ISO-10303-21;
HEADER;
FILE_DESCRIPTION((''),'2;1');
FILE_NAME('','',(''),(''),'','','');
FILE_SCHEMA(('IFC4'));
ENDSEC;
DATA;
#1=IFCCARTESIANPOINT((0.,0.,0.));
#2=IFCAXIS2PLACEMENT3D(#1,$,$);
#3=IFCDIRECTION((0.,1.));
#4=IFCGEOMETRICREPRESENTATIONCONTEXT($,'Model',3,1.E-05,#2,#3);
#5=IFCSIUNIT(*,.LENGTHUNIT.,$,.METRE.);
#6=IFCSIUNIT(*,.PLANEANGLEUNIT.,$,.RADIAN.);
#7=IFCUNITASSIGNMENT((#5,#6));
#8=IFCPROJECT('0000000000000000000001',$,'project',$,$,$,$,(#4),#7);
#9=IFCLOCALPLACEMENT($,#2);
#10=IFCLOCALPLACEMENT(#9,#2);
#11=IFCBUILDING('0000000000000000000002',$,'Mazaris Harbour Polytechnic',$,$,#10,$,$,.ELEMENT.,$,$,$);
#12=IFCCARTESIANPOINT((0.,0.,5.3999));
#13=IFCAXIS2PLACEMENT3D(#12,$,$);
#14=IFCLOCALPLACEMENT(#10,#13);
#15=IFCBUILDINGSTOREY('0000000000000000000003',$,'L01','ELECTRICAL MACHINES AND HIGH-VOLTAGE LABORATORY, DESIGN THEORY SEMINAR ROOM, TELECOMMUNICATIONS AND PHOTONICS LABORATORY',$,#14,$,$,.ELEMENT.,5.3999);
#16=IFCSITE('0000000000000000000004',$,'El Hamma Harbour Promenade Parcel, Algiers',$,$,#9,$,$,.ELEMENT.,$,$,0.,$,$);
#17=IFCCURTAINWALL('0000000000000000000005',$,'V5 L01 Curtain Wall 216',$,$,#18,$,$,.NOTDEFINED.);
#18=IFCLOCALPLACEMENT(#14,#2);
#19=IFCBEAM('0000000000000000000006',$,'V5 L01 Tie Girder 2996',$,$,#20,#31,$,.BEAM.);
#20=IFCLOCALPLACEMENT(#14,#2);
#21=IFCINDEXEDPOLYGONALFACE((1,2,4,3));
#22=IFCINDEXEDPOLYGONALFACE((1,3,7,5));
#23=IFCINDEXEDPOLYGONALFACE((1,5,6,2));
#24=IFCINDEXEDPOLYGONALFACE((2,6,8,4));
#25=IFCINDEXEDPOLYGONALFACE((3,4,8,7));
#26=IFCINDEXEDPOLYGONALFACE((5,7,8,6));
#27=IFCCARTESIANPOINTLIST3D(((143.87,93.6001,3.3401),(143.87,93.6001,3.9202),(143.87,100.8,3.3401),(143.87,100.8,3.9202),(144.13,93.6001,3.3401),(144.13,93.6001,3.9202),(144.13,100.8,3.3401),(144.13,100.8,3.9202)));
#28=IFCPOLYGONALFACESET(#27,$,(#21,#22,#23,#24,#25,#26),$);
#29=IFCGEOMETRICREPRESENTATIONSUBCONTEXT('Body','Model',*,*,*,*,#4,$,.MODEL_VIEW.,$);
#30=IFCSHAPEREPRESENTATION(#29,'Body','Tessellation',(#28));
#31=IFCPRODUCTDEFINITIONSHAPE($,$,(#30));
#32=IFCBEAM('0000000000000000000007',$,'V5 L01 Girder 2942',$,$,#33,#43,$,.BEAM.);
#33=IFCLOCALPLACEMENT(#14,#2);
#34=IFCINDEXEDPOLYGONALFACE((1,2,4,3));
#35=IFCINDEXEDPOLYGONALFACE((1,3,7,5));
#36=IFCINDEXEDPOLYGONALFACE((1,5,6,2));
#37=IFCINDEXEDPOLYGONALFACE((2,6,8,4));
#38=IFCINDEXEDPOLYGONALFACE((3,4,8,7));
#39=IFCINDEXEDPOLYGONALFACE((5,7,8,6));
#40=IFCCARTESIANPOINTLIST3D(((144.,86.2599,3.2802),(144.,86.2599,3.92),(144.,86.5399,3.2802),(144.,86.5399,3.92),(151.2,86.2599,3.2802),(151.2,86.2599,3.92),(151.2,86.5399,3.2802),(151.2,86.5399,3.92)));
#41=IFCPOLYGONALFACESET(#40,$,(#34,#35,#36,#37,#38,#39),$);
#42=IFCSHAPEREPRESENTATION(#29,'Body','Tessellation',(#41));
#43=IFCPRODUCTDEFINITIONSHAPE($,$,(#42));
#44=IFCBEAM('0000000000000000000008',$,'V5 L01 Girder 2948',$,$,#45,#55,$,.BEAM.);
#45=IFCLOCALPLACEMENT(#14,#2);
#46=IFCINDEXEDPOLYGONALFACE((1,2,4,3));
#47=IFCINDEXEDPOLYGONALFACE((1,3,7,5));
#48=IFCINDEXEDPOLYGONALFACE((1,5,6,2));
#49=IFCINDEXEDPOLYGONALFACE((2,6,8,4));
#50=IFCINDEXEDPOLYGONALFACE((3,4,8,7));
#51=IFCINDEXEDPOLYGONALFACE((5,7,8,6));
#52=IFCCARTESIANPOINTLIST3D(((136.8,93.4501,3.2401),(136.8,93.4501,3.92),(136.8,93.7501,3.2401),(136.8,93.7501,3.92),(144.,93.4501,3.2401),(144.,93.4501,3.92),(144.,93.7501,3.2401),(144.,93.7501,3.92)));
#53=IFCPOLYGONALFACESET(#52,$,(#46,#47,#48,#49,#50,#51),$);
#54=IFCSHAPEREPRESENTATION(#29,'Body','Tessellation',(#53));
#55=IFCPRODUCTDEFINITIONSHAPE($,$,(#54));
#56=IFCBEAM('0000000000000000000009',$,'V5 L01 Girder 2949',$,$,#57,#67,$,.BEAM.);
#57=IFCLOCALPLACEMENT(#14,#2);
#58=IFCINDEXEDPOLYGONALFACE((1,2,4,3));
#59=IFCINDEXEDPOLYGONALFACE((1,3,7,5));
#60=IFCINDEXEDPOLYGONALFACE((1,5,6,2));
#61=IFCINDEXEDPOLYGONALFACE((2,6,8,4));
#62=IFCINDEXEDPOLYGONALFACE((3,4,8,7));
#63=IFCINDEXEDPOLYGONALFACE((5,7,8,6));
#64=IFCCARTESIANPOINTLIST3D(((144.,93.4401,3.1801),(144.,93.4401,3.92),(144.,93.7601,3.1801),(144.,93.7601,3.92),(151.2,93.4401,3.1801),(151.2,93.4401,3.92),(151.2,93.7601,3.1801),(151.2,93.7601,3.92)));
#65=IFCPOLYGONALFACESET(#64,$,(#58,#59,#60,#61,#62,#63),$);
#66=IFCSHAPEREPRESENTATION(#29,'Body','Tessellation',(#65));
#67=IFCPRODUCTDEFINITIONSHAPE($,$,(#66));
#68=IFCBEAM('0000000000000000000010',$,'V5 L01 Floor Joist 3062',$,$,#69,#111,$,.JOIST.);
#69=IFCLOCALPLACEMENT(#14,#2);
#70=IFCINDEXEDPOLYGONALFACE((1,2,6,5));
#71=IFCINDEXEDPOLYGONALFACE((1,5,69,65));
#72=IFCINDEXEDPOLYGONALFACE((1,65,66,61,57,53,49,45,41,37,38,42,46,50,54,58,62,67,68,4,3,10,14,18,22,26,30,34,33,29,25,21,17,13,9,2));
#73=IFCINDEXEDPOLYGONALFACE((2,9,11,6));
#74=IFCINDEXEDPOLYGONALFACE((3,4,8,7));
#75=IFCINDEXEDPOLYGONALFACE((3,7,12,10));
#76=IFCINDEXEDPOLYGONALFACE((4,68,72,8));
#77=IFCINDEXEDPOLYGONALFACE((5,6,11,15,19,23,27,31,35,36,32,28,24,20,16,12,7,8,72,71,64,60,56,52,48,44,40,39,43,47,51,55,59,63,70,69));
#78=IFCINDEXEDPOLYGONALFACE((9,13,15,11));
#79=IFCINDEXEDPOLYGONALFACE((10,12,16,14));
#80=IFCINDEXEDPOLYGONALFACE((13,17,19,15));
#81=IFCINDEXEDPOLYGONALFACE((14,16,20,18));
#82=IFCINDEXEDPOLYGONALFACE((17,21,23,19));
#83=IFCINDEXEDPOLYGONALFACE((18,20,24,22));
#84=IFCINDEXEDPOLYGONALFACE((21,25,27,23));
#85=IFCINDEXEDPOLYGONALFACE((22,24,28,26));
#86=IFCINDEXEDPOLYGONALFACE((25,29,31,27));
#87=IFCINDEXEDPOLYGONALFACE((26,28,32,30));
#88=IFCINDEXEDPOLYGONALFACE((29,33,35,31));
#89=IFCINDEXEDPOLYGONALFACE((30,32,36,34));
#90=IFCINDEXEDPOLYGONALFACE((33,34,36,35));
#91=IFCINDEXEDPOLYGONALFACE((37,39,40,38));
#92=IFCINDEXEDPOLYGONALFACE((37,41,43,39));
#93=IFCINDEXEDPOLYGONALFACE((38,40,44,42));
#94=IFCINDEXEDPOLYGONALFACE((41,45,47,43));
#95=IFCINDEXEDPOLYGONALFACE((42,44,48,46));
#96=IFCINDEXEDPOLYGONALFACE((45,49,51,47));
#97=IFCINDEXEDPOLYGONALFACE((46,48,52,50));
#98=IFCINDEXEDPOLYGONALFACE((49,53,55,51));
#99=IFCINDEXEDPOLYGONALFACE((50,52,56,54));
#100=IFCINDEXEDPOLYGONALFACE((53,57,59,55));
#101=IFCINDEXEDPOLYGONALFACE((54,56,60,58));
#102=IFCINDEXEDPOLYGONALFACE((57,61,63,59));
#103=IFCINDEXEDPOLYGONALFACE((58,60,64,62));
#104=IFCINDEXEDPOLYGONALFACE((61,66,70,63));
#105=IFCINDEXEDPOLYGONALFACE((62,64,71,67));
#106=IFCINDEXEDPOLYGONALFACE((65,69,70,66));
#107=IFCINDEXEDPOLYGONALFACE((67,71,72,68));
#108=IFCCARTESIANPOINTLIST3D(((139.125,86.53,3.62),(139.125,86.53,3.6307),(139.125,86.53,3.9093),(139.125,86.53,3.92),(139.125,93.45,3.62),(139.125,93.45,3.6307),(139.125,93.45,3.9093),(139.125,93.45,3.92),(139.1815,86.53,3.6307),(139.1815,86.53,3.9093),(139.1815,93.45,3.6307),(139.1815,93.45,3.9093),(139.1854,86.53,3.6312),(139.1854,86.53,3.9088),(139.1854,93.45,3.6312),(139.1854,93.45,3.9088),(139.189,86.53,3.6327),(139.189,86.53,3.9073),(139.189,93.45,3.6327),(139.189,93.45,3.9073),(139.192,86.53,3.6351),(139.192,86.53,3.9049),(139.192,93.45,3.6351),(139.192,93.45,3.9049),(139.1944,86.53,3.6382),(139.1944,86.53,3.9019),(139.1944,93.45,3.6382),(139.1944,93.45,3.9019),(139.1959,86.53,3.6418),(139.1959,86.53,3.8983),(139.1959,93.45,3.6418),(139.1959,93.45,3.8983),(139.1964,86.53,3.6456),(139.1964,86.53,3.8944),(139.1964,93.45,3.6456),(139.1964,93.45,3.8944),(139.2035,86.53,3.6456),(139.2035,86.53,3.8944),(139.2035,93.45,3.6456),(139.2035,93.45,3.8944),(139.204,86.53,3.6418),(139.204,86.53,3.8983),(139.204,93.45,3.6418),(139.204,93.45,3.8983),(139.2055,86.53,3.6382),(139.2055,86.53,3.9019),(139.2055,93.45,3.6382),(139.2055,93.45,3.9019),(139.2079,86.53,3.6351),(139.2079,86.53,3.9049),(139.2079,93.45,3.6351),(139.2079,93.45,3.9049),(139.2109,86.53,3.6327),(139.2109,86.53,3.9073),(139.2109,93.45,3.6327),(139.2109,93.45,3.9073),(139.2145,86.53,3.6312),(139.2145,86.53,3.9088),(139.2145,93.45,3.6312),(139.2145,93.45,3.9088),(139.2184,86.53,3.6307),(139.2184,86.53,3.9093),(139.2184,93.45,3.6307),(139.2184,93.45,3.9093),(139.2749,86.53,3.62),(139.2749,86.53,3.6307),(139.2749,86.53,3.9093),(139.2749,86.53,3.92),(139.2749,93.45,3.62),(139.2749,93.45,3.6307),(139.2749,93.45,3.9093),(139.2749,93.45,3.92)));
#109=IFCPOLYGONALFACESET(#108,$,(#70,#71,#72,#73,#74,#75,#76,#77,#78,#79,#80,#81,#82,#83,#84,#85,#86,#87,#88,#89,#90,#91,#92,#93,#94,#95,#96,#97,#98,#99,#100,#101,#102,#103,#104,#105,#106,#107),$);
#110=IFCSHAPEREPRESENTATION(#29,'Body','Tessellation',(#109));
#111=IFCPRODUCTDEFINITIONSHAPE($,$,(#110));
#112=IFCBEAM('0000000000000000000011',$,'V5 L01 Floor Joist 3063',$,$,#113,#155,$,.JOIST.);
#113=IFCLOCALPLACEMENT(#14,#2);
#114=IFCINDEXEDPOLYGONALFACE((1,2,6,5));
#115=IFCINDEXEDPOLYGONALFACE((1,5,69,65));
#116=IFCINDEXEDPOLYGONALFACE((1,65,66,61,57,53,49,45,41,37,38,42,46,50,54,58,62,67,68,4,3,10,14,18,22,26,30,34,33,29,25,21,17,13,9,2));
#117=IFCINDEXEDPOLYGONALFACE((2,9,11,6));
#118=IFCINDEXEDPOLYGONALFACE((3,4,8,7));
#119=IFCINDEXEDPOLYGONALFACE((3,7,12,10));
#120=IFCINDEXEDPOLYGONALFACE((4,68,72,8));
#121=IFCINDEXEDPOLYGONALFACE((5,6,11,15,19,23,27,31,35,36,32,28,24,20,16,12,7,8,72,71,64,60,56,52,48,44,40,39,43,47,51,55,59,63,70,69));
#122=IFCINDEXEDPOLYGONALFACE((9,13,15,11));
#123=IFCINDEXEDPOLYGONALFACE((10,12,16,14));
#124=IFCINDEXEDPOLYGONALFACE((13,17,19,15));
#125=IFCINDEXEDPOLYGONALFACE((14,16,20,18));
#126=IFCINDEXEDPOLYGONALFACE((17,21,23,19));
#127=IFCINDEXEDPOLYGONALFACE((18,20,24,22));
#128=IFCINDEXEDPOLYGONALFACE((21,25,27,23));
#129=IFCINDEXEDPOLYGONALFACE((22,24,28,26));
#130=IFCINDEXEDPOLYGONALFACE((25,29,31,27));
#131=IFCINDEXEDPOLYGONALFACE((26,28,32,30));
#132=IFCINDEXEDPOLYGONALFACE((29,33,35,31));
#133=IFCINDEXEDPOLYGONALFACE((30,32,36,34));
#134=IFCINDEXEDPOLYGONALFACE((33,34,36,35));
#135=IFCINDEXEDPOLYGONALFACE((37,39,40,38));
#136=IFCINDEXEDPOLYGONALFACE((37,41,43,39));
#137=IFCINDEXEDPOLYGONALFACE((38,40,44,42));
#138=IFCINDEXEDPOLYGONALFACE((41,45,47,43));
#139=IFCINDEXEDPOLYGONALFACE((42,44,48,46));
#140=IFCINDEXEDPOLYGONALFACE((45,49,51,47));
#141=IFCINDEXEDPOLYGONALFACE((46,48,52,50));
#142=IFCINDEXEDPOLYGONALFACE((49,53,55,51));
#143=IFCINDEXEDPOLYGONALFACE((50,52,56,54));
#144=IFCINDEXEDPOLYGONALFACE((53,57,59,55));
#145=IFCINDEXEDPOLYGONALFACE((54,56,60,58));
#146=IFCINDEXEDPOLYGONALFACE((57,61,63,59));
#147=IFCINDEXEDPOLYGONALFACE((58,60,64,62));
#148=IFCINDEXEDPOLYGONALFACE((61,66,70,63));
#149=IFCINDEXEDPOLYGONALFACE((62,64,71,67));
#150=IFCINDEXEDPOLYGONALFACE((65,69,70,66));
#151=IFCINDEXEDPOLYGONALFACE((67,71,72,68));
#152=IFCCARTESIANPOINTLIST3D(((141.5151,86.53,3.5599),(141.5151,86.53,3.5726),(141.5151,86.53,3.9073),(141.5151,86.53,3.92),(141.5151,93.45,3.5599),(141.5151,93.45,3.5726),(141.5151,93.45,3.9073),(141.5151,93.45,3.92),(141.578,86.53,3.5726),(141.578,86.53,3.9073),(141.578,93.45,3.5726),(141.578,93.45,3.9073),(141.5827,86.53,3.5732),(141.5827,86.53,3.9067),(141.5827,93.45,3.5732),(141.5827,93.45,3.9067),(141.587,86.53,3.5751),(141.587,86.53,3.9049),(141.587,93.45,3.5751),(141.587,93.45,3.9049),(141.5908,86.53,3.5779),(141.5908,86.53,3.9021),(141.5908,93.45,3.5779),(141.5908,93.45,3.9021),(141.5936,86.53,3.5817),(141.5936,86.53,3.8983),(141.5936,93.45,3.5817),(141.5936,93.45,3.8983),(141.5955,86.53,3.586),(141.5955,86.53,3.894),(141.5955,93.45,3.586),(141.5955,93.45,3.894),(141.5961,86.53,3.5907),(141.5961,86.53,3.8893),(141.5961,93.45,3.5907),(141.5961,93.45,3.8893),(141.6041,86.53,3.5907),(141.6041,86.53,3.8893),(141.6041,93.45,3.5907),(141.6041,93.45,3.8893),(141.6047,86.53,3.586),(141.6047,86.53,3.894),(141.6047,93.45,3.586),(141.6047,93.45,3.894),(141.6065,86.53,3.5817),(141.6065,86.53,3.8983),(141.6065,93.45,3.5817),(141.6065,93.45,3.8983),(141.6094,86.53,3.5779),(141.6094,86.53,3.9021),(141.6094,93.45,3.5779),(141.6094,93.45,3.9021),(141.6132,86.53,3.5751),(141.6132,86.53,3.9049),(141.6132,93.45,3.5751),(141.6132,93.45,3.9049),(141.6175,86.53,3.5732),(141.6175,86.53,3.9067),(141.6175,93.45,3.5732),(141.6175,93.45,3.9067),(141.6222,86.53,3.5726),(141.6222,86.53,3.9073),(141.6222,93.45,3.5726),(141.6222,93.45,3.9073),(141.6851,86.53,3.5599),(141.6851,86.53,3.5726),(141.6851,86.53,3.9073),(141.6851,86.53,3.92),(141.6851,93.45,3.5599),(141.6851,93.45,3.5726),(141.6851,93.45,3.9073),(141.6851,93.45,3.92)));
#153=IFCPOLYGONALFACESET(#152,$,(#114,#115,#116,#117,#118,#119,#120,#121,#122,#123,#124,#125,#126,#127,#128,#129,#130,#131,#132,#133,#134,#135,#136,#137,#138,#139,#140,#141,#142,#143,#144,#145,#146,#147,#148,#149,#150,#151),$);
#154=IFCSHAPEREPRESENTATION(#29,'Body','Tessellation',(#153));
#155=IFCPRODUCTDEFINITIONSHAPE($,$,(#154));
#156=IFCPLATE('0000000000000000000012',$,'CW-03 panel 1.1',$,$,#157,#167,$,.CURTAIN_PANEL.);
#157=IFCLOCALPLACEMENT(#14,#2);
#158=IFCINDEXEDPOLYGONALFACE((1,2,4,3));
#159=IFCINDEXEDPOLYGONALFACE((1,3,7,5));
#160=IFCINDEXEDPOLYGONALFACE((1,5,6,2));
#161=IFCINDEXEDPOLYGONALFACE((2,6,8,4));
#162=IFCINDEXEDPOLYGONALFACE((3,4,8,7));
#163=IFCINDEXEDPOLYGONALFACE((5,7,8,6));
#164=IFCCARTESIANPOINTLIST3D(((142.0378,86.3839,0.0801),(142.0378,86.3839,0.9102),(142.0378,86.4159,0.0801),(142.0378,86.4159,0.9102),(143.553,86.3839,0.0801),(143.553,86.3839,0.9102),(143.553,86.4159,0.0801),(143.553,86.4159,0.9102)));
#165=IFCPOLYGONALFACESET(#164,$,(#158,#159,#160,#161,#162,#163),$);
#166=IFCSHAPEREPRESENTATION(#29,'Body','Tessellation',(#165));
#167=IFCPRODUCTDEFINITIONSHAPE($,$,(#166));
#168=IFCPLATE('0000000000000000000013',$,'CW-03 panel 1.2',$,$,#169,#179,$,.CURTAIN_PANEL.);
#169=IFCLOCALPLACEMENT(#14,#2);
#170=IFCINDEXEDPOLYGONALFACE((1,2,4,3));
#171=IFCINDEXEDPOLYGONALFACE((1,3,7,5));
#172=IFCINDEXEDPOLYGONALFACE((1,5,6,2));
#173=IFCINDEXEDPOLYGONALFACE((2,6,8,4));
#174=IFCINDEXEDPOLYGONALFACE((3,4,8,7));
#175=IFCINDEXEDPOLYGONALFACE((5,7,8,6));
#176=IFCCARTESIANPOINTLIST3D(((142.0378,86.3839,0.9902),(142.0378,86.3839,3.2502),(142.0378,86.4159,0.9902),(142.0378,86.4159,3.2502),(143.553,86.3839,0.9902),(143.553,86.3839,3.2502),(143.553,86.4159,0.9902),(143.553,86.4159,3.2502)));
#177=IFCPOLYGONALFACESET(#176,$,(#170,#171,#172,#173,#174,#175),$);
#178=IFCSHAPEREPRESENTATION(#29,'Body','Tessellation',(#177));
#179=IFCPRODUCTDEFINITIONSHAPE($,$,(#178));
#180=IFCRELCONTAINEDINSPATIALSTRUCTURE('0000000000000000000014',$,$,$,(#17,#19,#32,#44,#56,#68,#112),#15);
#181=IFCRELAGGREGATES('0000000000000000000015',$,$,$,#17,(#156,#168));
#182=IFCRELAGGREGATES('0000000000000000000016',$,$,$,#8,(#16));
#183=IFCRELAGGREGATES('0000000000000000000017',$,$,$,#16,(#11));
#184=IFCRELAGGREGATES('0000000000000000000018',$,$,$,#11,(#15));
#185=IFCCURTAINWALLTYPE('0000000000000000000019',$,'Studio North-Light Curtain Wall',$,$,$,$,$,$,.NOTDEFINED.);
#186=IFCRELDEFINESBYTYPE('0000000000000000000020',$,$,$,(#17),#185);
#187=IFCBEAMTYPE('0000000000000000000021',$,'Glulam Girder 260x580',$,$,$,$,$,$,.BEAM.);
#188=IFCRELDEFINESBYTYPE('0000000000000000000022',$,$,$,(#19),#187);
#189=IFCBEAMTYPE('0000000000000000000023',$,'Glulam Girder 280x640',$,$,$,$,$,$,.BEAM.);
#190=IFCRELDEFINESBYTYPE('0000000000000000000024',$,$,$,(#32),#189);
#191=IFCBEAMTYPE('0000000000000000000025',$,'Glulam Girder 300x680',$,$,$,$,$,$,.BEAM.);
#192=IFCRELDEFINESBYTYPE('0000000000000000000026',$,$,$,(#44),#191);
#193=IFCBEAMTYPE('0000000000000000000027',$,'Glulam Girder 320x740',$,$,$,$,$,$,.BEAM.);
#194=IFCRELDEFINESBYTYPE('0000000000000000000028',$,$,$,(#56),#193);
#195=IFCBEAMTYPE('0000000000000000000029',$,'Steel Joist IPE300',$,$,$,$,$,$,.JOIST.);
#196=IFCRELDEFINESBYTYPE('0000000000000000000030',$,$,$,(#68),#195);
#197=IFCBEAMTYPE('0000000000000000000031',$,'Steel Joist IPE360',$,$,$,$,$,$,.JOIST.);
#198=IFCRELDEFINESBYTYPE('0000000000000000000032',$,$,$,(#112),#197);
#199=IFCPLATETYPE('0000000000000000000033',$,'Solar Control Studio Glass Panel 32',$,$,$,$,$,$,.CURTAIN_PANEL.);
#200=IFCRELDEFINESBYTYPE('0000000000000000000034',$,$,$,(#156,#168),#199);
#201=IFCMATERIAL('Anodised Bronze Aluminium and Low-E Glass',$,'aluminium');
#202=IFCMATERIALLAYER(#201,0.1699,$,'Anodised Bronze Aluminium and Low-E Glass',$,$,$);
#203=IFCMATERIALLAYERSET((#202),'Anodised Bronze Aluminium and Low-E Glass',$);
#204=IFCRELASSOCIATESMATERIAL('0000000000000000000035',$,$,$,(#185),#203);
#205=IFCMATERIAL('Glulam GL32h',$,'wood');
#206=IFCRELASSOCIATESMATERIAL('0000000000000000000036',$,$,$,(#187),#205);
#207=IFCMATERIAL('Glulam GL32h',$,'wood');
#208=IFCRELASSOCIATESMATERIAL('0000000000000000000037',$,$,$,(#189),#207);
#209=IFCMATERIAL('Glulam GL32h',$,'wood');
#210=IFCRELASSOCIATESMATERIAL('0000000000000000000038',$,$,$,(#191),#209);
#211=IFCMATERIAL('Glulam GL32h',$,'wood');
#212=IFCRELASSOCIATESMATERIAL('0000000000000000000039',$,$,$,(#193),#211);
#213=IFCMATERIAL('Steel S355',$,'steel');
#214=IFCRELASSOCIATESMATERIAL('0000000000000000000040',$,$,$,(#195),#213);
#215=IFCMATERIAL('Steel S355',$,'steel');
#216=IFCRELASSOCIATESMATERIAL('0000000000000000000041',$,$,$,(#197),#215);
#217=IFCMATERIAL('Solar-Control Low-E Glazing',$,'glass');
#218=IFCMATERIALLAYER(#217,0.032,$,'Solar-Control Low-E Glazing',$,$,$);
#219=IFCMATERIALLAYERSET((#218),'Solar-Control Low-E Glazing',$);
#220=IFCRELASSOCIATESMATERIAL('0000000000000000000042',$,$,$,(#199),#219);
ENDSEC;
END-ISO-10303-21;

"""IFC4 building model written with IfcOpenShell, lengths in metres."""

from ifc_helpers import new_model, si_unit, direction, frame, origin, origin_2d, place, context, subcontext, project, spatial, rectangle, i_section, extrude, material, layer, layer_set, material_profile, profile_set, type_object, element, aggregate, save


model = new_model("IFC4")

# Units and contexts
model_context = context("Model", 3, precision=1e-05, world=origin(), true_north=direction((0.0, 1.0)))
body_context = subcontext(model_context, "Body", "Model", "MODEL_VIEW")
ifc_project = project(units=[si_unit("LENGTHUNIT", "METRE"), si_unit("PLANEANGLEUNIT", "RADIAN")], contexts=[model_context])

# Site, building, storey
site_placement = place(None, origin())
site = spatial("IfcSite", under=ifc_project, at=site_placement, Name="El Hamma Harbour Promenade Parcel, Algiers", CompositionType="ELEMENT", RefElevation=0.0)
building_placement = place(site_placement, origin())
building = spatial("IfcBuilding", under=site, at=building_placement, Name="Mazaris Harbour Polytechnic", CompositionType="ELEMENT")
storey_placement = place(building_placement, frame((0.0, 0.0, 5.3999)))
storey = spatial("IfcBuildingStorey", under=building, at=storey_placement, Name="L01", Description="ELECTRICAL MACHINES AND HIGH-VOLTAGE LABORATORY, DESIGN THEORY SEMINAR ROOM, TELECOMMUNICATIONS AND PHOTONICS LABORATORY", CompositionType="ELEMENT", Elevation=5.3999)

# Curtain wall
ifc_material_1 = material(Name="Anodised Bronze Aluminium and Low-E Glass", Category="aluminium")
ifc_layer_1 = layer(ifc_material_1, 0.1699, Name="Anodised Bronze Aluminium and Low-E Glass")
ifc_layer_set_1 = layer_set([ifc_layer_1], Name="Anodised Bronze Aluminium and Low-E Glass")
curtain_wall_type = type_object("IfcCurtainWallType", Name="Studio North-Light Curtain Wall", PredefinedType="NOTDEFINED", material=ifc_layer_set_1)
curtain_wall_1_placement = place(storey_placement, origin())
curtain_wall_1 = element("IfcCurtainWall", 1, at=curtain_wall_1_placement, inside=storey, type_object=curtain_wall_type, Name="V5 L01 Curtain Wall 216", PredefinedType="NOTDEFINED")

# Beams
ifc_material_2 = material(Name="Glulam GL32h", Category="wood")
ifc_material_profile_1 = material_profile(ifc_material_2, rectangle(XDim=0.26, YDim=0.5801, at=origin_2d()), Name="RECT260x580")
ifc_profile_set_1 = profile_set([ifc_material_profile_1], Name="Glulam GL32h")
beam_type_1 = type_object("IfcBeamType", Name="Glulam Girder 260x580", PredefinedType="BEAM", material=ifc_profile_set_1)
for number, where, z_axis, x_axis, name in (
    (2, (144.0, 93.6001, 3.6301), (0.0, 1.0, 0.0), (-1.0, 0.0, 0.0), "V5 L01 Tie Girder 2996"),
):
    element("IfcBeam", number, at=place(storey_placement, frame(where, z_axis=z_axis, x_axis=x_axis)), inside=storey, type_object=beam_type_1, Name=name, PredefinedType="BEAM", context=body_context, shape_type="SweptSolid", body=[
        extrude(rectangle(XDim=0.26, YDim=0.5801, at=origin_2d()), origin(), (0.0, 0.0, 1.0), 7.2),
    ])
ifc_material_3 = material(Name="Glulam GL32h", Category="wood")
ifc_material_profile_2 = material_profile(ifc_material_3, rectangle(XDim=0.28, YDim=0.6399, at=origin_2d()), Name="RECT280x640")
ifc_profile_set_2 = profile_set([ifc_material_profile_2], Name="Glulam GL32h")
beam_type_2 = type_object("IfcBeamType", Name="Glulam Girder 280x640", PredefinedType="BEAM", material=ifc_profile_set_2)
beam_1_placement = place(storey_placement, frame((144.0, 86.3999, 3.6001), z_axis=(1.0, 0.0, 0.0), x_axis=(0.0, 1.0, 0.0)))
element("IfcBeam", 3, at=beam_1_placement, inside=storey, type_object=beam_type_2, Name="V5 L01 Girder 2942", PredefinedType="BEAM", context=body_context, shape_type="SweptSolid", body=[
    extrude(rectangle(XDim=0.28, YDim=0.6399, at=origin_2d()), origin(), (0.0, 0.0, 1.0), 7.2),
])
ifc_material_4 = material(Name="Glulam GL32h", Category="wood")
ifc_material_profile_3 = material_profile(ifc_material_4, rectangle(XDim=0.3, YDim=0.6799, at=origin_2d()), Name="RECT300x680")
ifc_profile_set_3 = profile_set([ifc_material_profile_3], Name="Glulam GL32h")
beam_type_3 = type_object("IfcBeamType", Name="Glulam Girder 300x680", PredefinedType="BEAM", material=ifc_profile_set_3)
beam_2_placement = place(storey_placement, frame((136.8, 93.6001, 3.5801), z_axis=(1.0, 0.0, 0.0), x_axis=(0.0, 1.0, 0.0)))
element("IfcBeam", 4, at=beam_2_placement, inside=storey, type_object=beam_type_3, Name="V5 L01 Girder 2948", PredefinedType="BEAM", context=body_context, shape_type="SweptSolid", body=[
    extrude(rectangle(XDim=0.3, YDim=0.6799, at=origin_2d()), origin(), (0.0, 0.0, 1.0), 7.2),
])
ifc_material_5 = material(Name="Glulam GL32h", Category="wood")
ifc_material_profile_4 = material_profile(ifc_material_5, rectangle(XDim=0.3201, YDim=0.74, at=origin_2d()), Name="RECT320x740")
ifc_profile_set_4 = profile_set([ifc_material_profile_4], Name="Glulam GL32h")
beam_type_4 = type_object("IfcBeamType", Name="Glulam Girder 320x740", PredefinedType="BEAM", material=ifc_profile_set_4)
beam_3_placement = place(storey_placement, frame((144.0, 93.6001, 3.55), z_axis=(1.0, 0.0, 0.0), x_axis=(0.0, 1.0, 0.0)))
element("IfcBeam", 5, at=beam_3_placement, inside=storey, type_object=beam_type_4, Name="V5 L01 Girder 2949", PredefinedType="BEAM", context=body_context, shape_type="SweptSolid", body=[
    extrude(rectangle(XDim=0.3201, YDim=0.74, at=origin_2d()), origin(), (0.0, 0.0, 1.0), 7.2),
])
ifc_material_6 = material(Name="Steel S355", Category="steel")
ifc_material_profile_5 = material_profile(ifc_material_6, i_section(OverallWidth=0.1499, OverallDepth=0.3, WebThickness=0.0071, FlangeThickness=0.0107, FilletRadius=0.0149, at=origin_2d()), Name="IPE 300")
ifc_profile_set_5 = profile_set([ifc_material_profile_5], Name="Steel S355")
beam_type_5 = type_object("IfcBeamType", Name="Steel Joist IPE300", PredefinedType="JOIST", material=ifc_profile_set_5)
beam_4_placement = place(storey_placement, frame((139.2, 86.53, 3.77), z_axis=(0.0, 1.0, 0.0), x_axis=(-1.0, 0.0, 0.0)))
element("IfcBeam", 6, at=beam_4_placement, inside=storey, type_object=beam_type_5, Name="V5 L01 Floor Joist 3062", PredefinedType="JOIST", context=body_context, shape_type="SweptSolid", body=[
    extrude(i_section(OverallWidth=0.1499, OverallDepth=0.3, WebThickness=0.0071, FlangeThickness=0.0107, FilletRadius=0.0149, at=origin_2d()), origin(), (0.0, 0.0, 1.0), 6.9199),
])
ifc_material_7 = material(Name="Steel S355", Category="steel")
ifc_material_profile_6 = material_profile(ifc_material_7, i_section(OverallWidth=0.1699, OverallDepth=0.3601, WebThickness=0.0081, FlangeThickness=0.0127, FilletRadius=0.0181, at=origin_2d()), Name="IPE 360")
ifc_profile_set_6 = profile_set([ifc_material_profile_6], Name="Steel S355")
beam_type_6 = type_object("IfcBeamType", Name="Steel Joist IPE360", PredefinedType="JOIST", material=ifc_profile_set_6)
beam_5_placement = place(storey_placement, frame((141.6001, 86.53, 3.74), z_axis=(0.0, 1.0, 0.0), x_axis=(-1.0, 0.0, 0.0)))
element("IfcBeam", 7, at=beam_5_placement, inside=storey, type_object=beam_type_6, Name="V5 L01 Floor Joist 3063", PredefinedType="JOIST", context=body_context, shape_type="SweptSolid", body=[
    extrude(i_section(OverallWidth=0.1699, OverallDepth=0.3601, WebThickness=0.0081, FlangeThickness=0.0127, FilletRadius=0.0181, at=origin_2d()), origin(), (0.0, 0.0, 1.0), 6.9199),
])

# Plates
ifc_material_8 = material(Name="Solar-Control Low-E Glazing", Category="glass")
ifc_layer_2 = layer(ifc_material_8, 0.032, Name="Solar-Control Low-E Glazing")
ifc_layer_set_2 = layer_set([ifc_layer_2], Name="Solar-Control Low-E Glazing")
plate_type = type_object("IfcPlateType", Name="Solar Control Studio Glass Panel 32", PredefinedType="CURTAIN_PANEL", material=ifc_layer_set_2)
plate_1_placement = place(storey_placement, frame((142.7954, 86.3999, 0.0801), z_axis=(0.0, 0.0, 1.0), x_axis=(-1.0, 0.0, 0.0)))
plate_1 = element("IfcPlate", 8, at=plate_1_placement, type_object=plate_type, Name="CW-03 panel 1.1", PredefinedType="CURTAIN_PANEL", context=body_context, shape_type="SweptSolid", body=[
    extrude(rectangle(XDim=1.5151, YDim=0.032, at=origin_2d()), origin(), (0.0, 0.0, 1.0), 0.8301),
])
plate_2_placement = place(storey_placement, frame((142.7954, 86.3999, 0.9902), z_axis=(0.0, 0.0, 1.0), x_axis=(-1.0, 0.0, 0.0)))
plate_2 = element("IfcPlate", 9, at=plate_2_placement, type_object=plate_type, Name="CW-03 panel 1.2", PredefinedType="CURTAIN_PANEL", context=body_context, shape_type="SweptSolid", body=[
    extrude(rectangle(XDim=1.5151, YDim=0.032, at=origin_2d()), origin(), (0.0, 0.0, 1.0), 2.26),
])
aggregate(curtain_wall_1, [plate_1, plate_2])

save(model, "model.ifc")
